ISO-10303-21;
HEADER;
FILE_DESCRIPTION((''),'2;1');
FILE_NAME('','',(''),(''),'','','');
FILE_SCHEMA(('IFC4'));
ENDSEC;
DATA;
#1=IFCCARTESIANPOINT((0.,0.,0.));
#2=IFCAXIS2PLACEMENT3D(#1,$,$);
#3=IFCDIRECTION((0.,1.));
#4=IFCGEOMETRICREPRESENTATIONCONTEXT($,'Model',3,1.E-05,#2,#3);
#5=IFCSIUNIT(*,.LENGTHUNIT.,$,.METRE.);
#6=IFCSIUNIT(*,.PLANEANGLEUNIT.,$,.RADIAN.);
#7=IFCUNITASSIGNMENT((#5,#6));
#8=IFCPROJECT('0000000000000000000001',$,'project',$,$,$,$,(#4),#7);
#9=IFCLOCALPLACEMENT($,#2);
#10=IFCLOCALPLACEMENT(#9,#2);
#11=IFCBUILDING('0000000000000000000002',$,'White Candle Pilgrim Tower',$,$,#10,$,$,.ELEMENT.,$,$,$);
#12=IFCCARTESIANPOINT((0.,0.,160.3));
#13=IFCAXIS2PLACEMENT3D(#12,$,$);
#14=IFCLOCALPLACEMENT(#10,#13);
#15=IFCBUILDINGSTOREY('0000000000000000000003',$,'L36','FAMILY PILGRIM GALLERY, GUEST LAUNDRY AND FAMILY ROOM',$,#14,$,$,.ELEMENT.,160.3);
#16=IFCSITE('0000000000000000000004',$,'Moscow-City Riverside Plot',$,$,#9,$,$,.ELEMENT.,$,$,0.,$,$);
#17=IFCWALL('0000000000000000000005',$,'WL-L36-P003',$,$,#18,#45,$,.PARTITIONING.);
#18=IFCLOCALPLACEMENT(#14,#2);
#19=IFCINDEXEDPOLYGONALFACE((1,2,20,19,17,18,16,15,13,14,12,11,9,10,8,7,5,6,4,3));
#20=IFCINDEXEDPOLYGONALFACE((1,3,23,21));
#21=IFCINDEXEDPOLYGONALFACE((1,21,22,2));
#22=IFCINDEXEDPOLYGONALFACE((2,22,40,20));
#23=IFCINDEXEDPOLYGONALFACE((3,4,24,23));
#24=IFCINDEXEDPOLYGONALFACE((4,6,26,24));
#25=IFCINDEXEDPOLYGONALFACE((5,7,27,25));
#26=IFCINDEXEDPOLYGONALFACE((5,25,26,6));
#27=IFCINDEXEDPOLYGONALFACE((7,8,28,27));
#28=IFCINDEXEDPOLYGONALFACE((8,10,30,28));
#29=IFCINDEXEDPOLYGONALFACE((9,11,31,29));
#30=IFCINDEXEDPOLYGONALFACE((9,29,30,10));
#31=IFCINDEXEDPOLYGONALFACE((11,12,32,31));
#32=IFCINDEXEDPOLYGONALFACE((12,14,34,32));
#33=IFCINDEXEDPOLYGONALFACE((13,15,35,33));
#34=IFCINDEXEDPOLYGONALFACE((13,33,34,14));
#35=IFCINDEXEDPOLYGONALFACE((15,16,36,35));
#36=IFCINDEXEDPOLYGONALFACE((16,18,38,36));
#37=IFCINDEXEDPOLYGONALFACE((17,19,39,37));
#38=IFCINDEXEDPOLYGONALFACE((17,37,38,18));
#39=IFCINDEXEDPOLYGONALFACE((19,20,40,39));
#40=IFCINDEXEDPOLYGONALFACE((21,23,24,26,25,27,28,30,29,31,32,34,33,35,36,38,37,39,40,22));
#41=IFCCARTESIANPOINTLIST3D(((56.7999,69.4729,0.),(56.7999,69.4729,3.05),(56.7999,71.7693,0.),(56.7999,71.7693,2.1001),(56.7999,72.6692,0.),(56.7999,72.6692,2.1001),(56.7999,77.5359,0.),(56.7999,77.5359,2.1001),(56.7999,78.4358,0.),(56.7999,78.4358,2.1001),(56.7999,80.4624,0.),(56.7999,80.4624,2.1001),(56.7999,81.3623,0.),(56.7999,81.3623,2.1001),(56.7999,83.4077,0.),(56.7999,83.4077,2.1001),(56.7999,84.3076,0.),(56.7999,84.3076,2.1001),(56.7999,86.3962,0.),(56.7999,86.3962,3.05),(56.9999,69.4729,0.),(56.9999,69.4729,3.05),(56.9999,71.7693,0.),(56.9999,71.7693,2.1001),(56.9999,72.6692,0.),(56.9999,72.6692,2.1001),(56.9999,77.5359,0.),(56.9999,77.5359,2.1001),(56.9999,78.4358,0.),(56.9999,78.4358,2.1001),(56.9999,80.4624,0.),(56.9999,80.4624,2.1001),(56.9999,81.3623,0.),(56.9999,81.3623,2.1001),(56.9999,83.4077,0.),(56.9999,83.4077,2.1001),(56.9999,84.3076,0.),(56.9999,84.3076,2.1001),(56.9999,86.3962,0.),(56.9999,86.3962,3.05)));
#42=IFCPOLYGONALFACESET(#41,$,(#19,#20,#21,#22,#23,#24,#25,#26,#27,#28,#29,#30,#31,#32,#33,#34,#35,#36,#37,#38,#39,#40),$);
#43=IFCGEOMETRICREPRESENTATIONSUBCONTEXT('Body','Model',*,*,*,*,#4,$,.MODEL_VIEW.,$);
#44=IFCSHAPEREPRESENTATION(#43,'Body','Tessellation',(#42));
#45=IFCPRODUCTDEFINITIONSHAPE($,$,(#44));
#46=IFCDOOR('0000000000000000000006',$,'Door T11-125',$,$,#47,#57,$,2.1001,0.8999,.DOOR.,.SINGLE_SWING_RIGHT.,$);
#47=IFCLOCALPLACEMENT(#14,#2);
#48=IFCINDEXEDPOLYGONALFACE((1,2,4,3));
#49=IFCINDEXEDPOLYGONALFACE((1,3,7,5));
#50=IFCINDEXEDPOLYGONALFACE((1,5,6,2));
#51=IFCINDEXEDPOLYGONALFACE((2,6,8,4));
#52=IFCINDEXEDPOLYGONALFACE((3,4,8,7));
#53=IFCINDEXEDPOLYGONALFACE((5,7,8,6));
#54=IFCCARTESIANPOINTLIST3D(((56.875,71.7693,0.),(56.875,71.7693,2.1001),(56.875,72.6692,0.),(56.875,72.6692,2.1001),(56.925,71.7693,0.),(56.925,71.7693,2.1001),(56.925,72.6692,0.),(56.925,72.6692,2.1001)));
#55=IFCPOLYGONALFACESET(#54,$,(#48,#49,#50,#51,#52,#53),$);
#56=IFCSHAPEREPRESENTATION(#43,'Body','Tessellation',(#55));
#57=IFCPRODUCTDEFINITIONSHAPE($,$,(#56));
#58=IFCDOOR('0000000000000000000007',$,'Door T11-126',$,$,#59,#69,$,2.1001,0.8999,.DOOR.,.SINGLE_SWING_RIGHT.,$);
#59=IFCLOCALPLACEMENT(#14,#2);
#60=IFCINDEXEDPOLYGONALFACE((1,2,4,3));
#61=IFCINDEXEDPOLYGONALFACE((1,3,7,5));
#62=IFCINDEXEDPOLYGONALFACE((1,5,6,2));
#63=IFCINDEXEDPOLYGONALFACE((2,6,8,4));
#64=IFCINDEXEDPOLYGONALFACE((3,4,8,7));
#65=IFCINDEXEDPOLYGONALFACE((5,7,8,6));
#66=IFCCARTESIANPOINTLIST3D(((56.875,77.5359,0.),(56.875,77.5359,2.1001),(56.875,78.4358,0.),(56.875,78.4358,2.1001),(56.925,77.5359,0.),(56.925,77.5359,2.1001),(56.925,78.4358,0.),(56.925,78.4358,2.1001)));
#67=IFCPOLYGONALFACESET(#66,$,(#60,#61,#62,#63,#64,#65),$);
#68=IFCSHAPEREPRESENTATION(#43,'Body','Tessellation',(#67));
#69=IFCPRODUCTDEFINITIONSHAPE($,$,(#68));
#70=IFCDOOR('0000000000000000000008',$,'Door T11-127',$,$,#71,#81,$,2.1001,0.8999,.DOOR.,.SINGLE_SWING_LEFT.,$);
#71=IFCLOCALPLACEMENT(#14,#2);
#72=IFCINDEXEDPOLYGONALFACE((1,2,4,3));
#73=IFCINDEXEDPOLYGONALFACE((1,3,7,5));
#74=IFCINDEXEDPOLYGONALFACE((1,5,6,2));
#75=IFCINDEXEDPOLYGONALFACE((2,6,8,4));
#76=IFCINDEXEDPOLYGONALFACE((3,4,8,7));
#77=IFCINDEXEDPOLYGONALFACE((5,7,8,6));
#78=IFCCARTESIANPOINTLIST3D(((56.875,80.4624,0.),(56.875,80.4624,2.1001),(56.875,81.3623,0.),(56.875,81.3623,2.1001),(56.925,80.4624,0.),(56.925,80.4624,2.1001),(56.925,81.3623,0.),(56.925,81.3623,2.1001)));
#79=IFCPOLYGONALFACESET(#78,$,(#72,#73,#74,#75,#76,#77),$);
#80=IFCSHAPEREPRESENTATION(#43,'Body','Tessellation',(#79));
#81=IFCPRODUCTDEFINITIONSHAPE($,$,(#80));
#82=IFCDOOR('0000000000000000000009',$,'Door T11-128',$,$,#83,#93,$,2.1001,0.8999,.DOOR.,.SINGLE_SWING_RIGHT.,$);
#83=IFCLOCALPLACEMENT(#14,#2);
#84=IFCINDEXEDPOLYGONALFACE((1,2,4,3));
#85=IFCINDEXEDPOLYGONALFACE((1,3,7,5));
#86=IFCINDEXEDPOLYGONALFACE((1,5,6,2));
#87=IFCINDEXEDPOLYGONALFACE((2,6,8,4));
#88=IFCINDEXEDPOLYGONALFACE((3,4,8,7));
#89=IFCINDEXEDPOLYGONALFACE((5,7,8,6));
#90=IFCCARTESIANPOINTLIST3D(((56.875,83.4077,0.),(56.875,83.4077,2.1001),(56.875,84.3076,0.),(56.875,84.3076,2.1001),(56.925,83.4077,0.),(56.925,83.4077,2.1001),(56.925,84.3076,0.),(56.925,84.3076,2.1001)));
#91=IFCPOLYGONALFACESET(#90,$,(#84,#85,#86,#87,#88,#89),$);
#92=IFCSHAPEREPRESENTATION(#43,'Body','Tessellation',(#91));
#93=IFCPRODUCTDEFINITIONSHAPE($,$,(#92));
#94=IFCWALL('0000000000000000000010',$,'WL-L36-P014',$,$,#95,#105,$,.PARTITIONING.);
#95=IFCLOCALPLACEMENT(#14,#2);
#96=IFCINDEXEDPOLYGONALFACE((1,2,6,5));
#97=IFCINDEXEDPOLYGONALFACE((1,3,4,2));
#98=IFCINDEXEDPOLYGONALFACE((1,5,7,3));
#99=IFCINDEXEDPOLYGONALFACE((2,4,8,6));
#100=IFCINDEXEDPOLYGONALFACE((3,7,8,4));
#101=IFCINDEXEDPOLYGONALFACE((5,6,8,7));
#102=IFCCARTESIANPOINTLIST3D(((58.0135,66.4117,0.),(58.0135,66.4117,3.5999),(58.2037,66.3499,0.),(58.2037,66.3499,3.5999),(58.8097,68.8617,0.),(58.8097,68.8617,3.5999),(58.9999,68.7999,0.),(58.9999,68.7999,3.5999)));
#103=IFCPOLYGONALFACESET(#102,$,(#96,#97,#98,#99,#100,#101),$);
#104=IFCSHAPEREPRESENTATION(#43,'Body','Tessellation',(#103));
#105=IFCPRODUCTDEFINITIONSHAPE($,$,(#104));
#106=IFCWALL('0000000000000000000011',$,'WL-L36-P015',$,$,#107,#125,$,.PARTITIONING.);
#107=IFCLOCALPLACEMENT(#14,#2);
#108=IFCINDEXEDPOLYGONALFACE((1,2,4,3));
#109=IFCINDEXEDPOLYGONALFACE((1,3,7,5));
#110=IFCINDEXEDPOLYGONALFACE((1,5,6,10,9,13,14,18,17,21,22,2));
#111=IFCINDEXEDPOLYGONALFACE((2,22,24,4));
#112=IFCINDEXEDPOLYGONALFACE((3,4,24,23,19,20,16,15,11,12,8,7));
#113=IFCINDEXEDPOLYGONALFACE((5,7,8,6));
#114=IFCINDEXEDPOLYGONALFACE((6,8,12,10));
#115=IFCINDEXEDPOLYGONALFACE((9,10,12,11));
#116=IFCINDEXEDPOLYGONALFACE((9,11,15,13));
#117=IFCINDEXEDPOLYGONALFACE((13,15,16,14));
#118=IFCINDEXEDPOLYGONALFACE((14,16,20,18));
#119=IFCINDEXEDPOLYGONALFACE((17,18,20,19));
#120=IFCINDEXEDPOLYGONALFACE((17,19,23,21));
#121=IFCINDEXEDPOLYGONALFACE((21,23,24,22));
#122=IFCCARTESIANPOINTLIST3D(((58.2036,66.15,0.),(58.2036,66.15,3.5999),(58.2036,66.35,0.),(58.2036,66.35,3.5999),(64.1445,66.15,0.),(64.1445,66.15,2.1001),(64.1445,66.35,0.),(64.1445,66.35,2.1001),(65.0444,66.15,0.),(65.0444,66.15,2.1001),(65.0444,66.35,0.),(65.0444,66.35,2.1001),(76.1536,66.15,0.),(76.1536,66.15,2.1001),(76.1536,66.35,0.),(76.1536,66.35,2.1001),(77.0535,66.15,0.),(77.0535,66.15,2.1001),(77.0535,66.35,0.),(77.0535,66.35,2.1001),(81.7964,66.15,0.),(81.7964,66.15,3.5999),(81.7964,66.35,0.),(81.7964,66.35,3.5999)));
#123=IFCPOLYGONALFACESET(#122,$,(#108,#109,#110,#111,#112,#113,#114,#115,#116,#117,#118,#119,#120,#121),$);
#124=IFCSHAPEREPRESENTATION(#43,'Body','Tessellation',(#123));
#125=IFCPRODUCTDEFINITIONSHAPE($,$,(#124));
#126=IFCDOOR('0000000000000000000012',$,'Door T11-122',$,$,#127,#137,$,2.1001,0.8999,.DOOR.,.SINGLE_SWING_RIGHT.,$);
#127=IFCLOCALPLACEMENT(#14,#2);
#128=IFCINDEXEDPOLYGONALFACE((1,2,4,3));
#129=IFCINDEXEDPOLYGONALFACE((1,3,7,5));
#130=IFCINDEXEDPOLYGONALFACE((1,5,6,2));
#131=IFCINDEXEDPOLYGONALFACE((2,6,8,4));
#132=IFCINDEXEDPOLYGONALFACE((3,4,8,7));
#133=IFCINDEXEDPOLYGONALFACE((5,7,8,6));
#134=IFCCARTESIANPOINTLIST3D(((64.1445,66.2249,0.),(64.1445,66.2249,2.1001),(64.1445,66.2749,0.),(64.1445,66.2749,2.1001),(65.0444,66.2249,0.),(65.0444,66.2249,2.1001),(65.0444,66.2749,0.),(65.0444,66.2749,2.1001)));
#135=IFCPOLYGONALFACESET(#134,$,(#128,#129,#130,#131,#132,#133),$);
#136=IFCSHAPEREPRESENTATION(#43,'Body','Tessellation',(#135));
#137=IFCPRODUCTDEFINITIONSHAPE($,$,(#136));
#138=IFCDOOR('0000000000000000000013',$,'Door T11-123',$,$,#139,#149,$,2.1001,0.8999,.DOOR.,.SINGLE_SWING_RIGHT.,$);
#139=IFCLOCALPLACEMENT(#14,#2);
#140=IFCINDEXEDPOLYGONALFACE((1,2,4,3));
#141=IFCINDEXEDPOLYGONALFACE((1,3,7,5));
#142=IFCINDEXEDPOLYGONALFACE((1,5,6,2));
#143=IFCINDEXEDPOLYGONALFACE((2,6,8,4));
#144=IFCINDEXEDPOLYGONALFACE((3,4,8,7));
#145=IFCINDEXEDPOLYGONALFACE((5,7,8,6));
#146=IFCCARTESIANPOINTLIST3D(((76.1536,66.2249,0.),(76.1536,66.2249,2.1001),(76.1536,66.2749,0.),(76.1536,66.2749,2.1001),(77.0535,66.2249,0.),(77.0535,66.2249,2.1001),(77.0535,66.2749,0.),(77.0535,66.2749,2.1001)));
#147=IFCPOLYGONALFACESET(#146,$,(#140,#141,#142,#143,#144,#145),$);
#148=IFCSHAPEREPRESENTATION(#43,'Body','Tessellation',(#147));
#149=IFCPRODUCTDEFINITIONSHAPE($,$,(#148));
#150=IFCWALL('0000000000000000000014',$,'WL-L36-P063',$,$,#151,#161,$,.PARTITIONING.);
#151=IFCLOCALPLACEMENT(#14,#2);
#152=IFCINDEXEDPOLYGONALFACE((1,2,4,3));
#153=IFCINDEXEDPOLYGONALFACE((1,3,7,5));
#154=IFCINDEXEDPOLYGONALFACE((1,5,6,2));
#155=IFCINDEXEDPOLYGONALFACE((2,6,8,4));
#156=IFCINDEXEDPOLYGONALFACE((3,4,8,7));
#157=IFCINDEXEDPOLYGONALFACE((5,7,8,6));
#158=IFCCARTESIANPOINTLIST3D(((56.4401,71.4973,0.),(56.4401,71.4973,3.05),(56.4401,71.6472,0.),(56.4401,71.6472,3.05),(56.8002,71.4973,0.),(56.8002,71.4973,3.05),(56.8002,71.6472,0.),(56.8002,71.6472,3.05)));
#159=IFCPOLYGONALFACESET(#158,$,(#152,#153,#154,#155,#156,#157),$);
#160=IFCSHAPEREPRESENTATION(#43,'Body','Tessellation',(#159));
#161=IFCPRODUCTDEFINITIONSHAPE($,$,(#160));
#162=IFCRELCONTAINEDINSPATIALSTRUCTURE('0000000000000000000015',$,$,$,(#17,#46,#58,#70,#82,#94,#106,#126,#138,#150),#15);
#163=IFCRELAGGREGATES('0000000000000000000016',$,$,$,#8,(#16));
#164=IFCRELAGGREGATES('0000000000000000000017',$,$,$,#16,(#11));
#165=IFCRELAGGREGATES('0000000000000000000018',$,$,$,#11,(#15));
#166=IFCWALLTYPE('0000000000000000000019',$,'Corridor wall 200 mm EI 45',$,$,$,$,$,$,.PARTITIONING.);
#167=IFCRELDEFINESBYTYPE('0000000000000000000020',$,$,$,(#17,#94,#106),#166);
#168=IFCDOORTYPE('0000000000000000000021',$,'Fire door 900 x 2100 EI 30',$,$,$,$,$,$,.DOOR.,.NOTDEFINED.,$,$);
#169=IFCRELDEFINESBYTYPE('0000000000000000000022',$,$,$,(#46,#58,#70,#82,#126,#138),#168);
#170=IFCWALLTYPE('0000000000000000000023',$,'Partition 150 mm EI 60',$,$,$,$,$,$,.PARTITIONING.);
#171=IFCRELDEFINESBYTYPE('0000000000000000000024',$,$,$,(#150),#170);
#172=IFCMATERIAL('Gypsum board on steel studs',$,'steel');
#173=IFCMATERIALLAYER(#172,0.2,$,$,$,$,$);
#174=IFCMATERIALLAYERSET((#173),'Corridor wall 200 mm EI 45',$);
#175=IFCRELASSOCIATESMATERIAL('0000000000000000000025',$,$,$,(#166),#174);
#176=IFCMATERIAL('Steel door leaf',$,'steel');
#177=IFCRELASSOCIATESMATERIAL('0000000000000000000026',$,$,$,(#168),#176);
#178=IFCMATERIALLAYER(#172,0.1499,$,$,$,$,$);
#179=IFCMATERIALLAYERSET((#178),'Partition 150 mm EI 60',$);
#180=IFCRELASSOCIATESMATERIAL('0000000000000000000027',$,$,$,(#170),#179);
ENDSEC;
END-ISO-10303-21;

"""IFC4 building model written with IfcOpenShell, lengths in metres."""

from ifc_helpers import new_model, si_unit, direction, frame, frame_2d, origin, place, context, subcontext, project, spatial, rectangle, extrude, material, layer, layer_set, type_object, element, fill, save


model = new_model("IFC4")

# Units and contexts
model_context = context("Model", 3, precision=1e-05, world=origin(), true_north=direction((0.0, 1.0)))
body_context = subcontext(model_context, "Body", "Model", "MODEL_VIEW")
ifc_project = project(units=[si_unit("LENGTHUNIT", "METRE"), si_unit("PLANEANGLEUNIT", "RADIAN")], contexts=[model_context])

# Site, building, storey
site_placement = place(None, origin())
site = spatial("IfcSite", under=ifc_project, at=site_placement, Name="Moscow-City Riverside Plot", CompositionType="ELEMENT", RefElevation=0.0)
building_placement = place(site_placement, origin())
building = spatial("IfcBuilding", under=site, at=building_placement, Name="White Candle Pilgrim Tower", CompositionType="ELEMENT")
storey_placement = place(building_placement, frame((0.0, 0.0, 160.3)))
storey = spatial("IfcBuildingStorey", under=building, at=storey_placement, Name="L36", Description="FAMILY PILGRIM GALLERY, GUEST LAUNDRY AND FAMILY ROOM", CompositionType="ELEMENT", Elevation=160.3)

# Wall, openings, doors
ifc_material_1 = material(Name="Gypsum board on steel studs", Category="steel")
ifc_layer_1 = layer(ifc_material_1, 0.2)
ifc_layer_set_1 = layer_set([ifc_layer_1], Name="Corridor wall 200 mm EI 45")
wall_type_1 = type_object("IfcWallType", Name="Corridor wall 200 mm EI 45", PredefinedType="PARTITIONING", material=ifc_layer_set_1)
wall_1_placement = place(storey_placement, frame((56.8999, 69.4729, 0.0), z_axis=(0.0, 0.0, 1.0), x_axis=(0.0, 1.0, 0.0)))
wall_1 = element("IfcWall", 1, at=wall_1_placement, inside=storey, type_object=wall_type_1, Name="WL-L36-P003", PredefinedType="PARTITIONING", context=body_context, shape_type="SweptSolid", body=[
    extrude(rectangle(XDim=16.9233, YDim=0.2, at=frame_2d((8.4617, 0.0))), origin(), (0.0, 0.0, 1.0), 3.05),
])
opening_1_placement = place(wall_1_placement, frame((2.2964, 0.0, 0.0)))
opening_1 = element("IfcOpeningElement", 2, at=opening_1_placement, cuts=wall_1, PredefinedType="OPENING", context=body_context, shape_type="SweptSolid", body=[
    extrude(rectangle(XDim=0.8999, YDim=2.1001, at=frame_2d((0.45, 1.05))), frame((0.0, 0.1099, 0.0), z_axis=(0.0, -1.0, 0.0), x_axis=(1.0, 0.0, 0.0)), (0.0, 0.0, 1.0), 0.22),
])
opening_2_placement = place(wall_1_placement, frame((8.063, 0.0, 0.0)))
opening_2 = element("IfcOpeningElement", 3, at=opening_2_placement, cuts=wall_1, PredefinedType="OPENING", context=body_context, shape_type="SweptSolid", body=[
    extrude(rectangle(XDim=0.8999, YDim=2.1001, at=frame_2d((0.45, 1.05))), frame((0.0, 0.1099, 0.0), z_axis=(0.0, -1.0, 0.0), x_axis=(1.0, 0.0, 0.0)), (0.0, 0.0, 1.0), 0.22),
])
opening_3_placement = place(wall_1_placement, frame((10.9895, 0.0, 0.0)))
opening_3 = element("IfcOpeningElement", 4, at=opening_3_placement, cuts=wall_1, PredefinedType="OPENING", context=body_context, shape_type="SweptSolid", body=[
    extrude(rectangle(XDim=0.8999, YDim=2.1001, at=frame_2d((0.45, 1.05))), frame((0.0, 0.1099, 0.0), z_axis=(0.0, -1.0, 0.0), x_axis=(1.0, 0.0, 0.0)), (0.0, 0.0, 1.0), 0.22),
])
opening_4_placement = place(wall_1_placement, frame((13.9348, 0.0, 0.0)))
opening_4 = element("IfcOpeningElement", 5, at=opening_4_placement, cuts=wall_1, PredefinedType="OPENING", context=body_context, shape_type="SweptSolid", body=[
    extrude(rectangle(XDim=0.8999, YDim=2.1001, at=frame_2d((0.45, 1.05))), frame((0.0, 0.1099, 0.0), z_axis=(0.0, -1.0, 0.0), x_axis=(1.0, 0.0, 0.0)), (0.0, 0.0, 1.0), 0.22),
])
ifc_material_2 = material(Name="Steel door leaf", Category="steel")
door_type_1 = type_object("IfcDoorType", Name="Fire door 900 x 2100 EI 30", OperationType="NOTDEFINED", PredefinedType="DOOR", material=ifc_material_2)
door_1_placement = place(opening_1_placement, origin())
door_1 = element("IfcDoor", 6, at=door_1_placement, inside=storey, type_object=door_type_1, Name="Door T11-125", OperationType="SINGLE_SWING_RIGHT", OverallHeight=2.1001, OverallWidth=0.8999, PredefinedType="DOOR", context=body_context, shape_type="SweptSolid", body=[
    extrude(rectangle(XDim=0.8999, YDim=2.1001, at=frame_2d((0.45, 1.05))), frame((0.0, 0.0249, 0.0), z_axis=(0.0, -1.0, 0.0), x_axis=(1.0, 0.0, 0.0)), (0.0, 0.0, 1.0), 0.05),
])
fill(opening_1, door_1)
door_2_placement = place(opening_2_placement, origin())
door_2 = element("IfcDoor", 7, at=door_2_placement, inside=storey, type_object=door_type_1, Name="Door T11-126", OperationType="SINGLE_SWING_RIGHT", OverallHeight=2.1001, OverallWidth=0.8999, PredefinedType="DOOR", context=body_context, shape_type="SweptSolid", body=[
    extrude(rectangle(XDim=0.8999, YDim=2.1001, at=frame_2d((0.45, 1.05))), frame((0.0, 0.0249, 0.0), z_axis=(0.0, -1.0, 0.0), x_axis=(1.0, 0.0, 0.0)), (0.0, 0.0, 1.0), 0.05),
])
fill(opening_2, door_2)
door_3_placement = place(opening_3_placement, origin())
door_3 = element("IfcDoor", 8, at=door_3_placement, inside=storey, type_object=door_type_1, Name="Door T11-127", OperationType="SINGLE_SWING_LEFT", OverallHeight=2.1001, OverallWidth=0.8999, PredefinedType="DOOR", context=body_context, shape_type="SweptSolid", body=[
    extrude(rectangle(XDim=0.8999, YDim=2.1001, at=frame_2d((0.45, 1.05))), frame((0.0, 0.0249, 0.0), z_axis=(0.0, -1.0, 0.0), x_axis=(1.0, 0.0, 0.0)), (0.0, 0.0, 1.0), 0.05),
])
fill(opening_3, door_3)
door_4_placement = place(opening_4_placement, origin())
door_4 = element("IfcDoor", 9, at=door_4_placement, inside=storey, type_object=door_type_1, Name="Door T11-128", OperationType="SINGLE_SWING_RIGHT", OverallHeight=2.1001, OverallWidth=0.8999, PredefinedType="DOOR", context=body_context, shape_type="SweptSolid", body=[
    extrude(rectangle(XDim=0.8999, YDim=2.1001, at=frame_2d((0.45, 1.05))), frame((0.0, 0.0249, 0.0), z_axis=(0.0, -1.0, 0.0), x_axis=(1.0, 0.0, 0.0)), (0.0, 0.0, 1.0), 0.05),
])
fill(opening_4, door_4)

# Wall
wall_2_placement = place(storey_placement, frame((58.9048, 68.8308, 0.0), z_axis=(0.0, 0.0, 1.0), x_axis=(-0.309054, -0.951045, 0.0)))
element("IfcWall", 10, at=wall_2_placement, inside=storey, type_object=wall_type_1, Name="WL-L36-P014", PredefinedType="PARTITIONING", context=body_context, shape_type="SweptSolid", body=[
    extrude(rectangle(XDim=2.5762, YDim=0.2, at=frame_2d((1.2881, 0.0))), origin(), (0.0, 0.0, 1.0), 3.5999),
])

# Wall, openings, doors
wall_3_placement = place(storey_placement, frame((58.2036, 66.25, 0.0), z_axis=(0.0, 0.0, 1.0), x_axis=(1.0, 0.0, 0.0)))
wall_3 = element("IfcWall", 11, at=wall_3_placement, inside=storey, type_object=wall_type_1, Name="WL-L36-P015", PredefinedType="PARTITIONING", context=body_context, shape_type="SweptSolid", body=[
    extrude(rectangle(XDim=23.5928, YDim=0.2, at=frame_2d((11.7964, 0.0))), origin(), (0.0, 0.0, 1.0), 3.5999),
])
opening_5_placement = place(wall_3_placement, frame((5.9409, 0.0, 0.0)))
opening_5 = element("IfcOpeningElement", 12, at=opening_5_placement, cuts=wall_3, PredefinedType="OPENING", context=body_context, shape_type="SweptSolid", body=[
    extrude(rectangle(XDim=0.8999, YDim=2.1001, at=frame_2d((0.45, 1.05))), frame((0.0, 0.1099, 0.0), z_axis=(0.0, -1.0, 0.0), x_axis=(1.0, 0.0, 0.0)), (0.0, 0.0, 1.0), 0.22),
])
opening_6_placement = place(wall_3_placement, frame((17.95, 0.0, 0.0)))
opening_6 = element("IfcOpeningElement", 13, at=opening_6_placement, cuts=wall_3, PredefinedType="OPENING", context=body_context, shape_type="SweptSolid", body=[
    extrude(rectangle(XDim=0.8999, YDim=2.1001, at=frame_2d((0.45, 1.05))), frame((0.0, 0.1099, 0.0), z_axis=(0.0, -1.0, 0.0), x_axis=(1.0, 0.0, 0.0)), (0.0, 0.0, 1.0), 0.22),
])
door_5_placement = place(opening_5_placement, origin())
door_5 = element("IfcDoor", 14, at=door_5_placement, inside=storey, type_object=door_type_1, Name="Door T11-122", OperationType="SINGLE_SWING_RIGHT", OverallHeight=2.1001, OverallWidth=0.8999, PredefinedType="DOOR", context=body_context, shape_type="SweptSolid", body=[
    extrude(rectangle(XDim=0.8999, YDim=2.1001, at=frame_2d((0.45, 1.05))), frame((0.0, 0.0249, 0.0), z_axis=(0.0, -1.0, 0.0), x_axis=(1.0, 0.0, 0.0)), (0.0, 0.0, 1.0), 0.05),
])
fill(opening_5, door_5)
door_6_placement = place(opening_6_placement, origin())
door_6 = element("IfcDoor", 15, at=door_6_placement, inside=storey, type_object=door_type_1, Name="Door T11-123", OperationType="SINGLE_SWING_RIGHT", OverallHeight=2.1001, OverallWidth=0.8999, PredefinedType="DOOR", context=body_context, shape_type="SweptSolid", body=[
    extrude(rectangle(XDim=0.8999, YDim=2.1001, at=frame_2d((0.45, 1.05))), frame((0.0, 0.0249, 0.0), z_axis=(0.0, -1.0, 0.0), x_axis=(1.0, 0.0, 0.0)), (0.0, 0.0, 1.0), 0.05),
])
fill(opening_6, door_6)

# Wall
ifc_layer_2 = layer(ifc_material_1, 0.1499)
ifc_layer_set_2 = layer_set([ifc_layer_2], Name="Partition 150 mm EI 60")
wall_type_2 = type_object("IfcWallType", Name="Partition 150 mm EI 60", PredefinedType="PARTITIONING", material=ifc_layer_set_2)
wall_4_placement = place(storey_placement, frame((56.4399, 71.5723, 0.0), z_axis=(0.0, 0.0, 1.0), x_axis=(1.0, 0.0, 0.0)))
element("IfcWall", 16, at=wall_4_placement, inside=storey, type_object=wall_type_2, Name="WL-L36-P063", PredefinedType="PARTITIONING", context=body_context, shape_type="SweptSolid", body=[
    extrude(rectangle(XDim=0.3601, YDim=0.1499, at=frame_2d((0.1802, 0.0))), origin(), (0.0, 0.0, 1.0), 3.05),
])

save(model, "model.ifc")
